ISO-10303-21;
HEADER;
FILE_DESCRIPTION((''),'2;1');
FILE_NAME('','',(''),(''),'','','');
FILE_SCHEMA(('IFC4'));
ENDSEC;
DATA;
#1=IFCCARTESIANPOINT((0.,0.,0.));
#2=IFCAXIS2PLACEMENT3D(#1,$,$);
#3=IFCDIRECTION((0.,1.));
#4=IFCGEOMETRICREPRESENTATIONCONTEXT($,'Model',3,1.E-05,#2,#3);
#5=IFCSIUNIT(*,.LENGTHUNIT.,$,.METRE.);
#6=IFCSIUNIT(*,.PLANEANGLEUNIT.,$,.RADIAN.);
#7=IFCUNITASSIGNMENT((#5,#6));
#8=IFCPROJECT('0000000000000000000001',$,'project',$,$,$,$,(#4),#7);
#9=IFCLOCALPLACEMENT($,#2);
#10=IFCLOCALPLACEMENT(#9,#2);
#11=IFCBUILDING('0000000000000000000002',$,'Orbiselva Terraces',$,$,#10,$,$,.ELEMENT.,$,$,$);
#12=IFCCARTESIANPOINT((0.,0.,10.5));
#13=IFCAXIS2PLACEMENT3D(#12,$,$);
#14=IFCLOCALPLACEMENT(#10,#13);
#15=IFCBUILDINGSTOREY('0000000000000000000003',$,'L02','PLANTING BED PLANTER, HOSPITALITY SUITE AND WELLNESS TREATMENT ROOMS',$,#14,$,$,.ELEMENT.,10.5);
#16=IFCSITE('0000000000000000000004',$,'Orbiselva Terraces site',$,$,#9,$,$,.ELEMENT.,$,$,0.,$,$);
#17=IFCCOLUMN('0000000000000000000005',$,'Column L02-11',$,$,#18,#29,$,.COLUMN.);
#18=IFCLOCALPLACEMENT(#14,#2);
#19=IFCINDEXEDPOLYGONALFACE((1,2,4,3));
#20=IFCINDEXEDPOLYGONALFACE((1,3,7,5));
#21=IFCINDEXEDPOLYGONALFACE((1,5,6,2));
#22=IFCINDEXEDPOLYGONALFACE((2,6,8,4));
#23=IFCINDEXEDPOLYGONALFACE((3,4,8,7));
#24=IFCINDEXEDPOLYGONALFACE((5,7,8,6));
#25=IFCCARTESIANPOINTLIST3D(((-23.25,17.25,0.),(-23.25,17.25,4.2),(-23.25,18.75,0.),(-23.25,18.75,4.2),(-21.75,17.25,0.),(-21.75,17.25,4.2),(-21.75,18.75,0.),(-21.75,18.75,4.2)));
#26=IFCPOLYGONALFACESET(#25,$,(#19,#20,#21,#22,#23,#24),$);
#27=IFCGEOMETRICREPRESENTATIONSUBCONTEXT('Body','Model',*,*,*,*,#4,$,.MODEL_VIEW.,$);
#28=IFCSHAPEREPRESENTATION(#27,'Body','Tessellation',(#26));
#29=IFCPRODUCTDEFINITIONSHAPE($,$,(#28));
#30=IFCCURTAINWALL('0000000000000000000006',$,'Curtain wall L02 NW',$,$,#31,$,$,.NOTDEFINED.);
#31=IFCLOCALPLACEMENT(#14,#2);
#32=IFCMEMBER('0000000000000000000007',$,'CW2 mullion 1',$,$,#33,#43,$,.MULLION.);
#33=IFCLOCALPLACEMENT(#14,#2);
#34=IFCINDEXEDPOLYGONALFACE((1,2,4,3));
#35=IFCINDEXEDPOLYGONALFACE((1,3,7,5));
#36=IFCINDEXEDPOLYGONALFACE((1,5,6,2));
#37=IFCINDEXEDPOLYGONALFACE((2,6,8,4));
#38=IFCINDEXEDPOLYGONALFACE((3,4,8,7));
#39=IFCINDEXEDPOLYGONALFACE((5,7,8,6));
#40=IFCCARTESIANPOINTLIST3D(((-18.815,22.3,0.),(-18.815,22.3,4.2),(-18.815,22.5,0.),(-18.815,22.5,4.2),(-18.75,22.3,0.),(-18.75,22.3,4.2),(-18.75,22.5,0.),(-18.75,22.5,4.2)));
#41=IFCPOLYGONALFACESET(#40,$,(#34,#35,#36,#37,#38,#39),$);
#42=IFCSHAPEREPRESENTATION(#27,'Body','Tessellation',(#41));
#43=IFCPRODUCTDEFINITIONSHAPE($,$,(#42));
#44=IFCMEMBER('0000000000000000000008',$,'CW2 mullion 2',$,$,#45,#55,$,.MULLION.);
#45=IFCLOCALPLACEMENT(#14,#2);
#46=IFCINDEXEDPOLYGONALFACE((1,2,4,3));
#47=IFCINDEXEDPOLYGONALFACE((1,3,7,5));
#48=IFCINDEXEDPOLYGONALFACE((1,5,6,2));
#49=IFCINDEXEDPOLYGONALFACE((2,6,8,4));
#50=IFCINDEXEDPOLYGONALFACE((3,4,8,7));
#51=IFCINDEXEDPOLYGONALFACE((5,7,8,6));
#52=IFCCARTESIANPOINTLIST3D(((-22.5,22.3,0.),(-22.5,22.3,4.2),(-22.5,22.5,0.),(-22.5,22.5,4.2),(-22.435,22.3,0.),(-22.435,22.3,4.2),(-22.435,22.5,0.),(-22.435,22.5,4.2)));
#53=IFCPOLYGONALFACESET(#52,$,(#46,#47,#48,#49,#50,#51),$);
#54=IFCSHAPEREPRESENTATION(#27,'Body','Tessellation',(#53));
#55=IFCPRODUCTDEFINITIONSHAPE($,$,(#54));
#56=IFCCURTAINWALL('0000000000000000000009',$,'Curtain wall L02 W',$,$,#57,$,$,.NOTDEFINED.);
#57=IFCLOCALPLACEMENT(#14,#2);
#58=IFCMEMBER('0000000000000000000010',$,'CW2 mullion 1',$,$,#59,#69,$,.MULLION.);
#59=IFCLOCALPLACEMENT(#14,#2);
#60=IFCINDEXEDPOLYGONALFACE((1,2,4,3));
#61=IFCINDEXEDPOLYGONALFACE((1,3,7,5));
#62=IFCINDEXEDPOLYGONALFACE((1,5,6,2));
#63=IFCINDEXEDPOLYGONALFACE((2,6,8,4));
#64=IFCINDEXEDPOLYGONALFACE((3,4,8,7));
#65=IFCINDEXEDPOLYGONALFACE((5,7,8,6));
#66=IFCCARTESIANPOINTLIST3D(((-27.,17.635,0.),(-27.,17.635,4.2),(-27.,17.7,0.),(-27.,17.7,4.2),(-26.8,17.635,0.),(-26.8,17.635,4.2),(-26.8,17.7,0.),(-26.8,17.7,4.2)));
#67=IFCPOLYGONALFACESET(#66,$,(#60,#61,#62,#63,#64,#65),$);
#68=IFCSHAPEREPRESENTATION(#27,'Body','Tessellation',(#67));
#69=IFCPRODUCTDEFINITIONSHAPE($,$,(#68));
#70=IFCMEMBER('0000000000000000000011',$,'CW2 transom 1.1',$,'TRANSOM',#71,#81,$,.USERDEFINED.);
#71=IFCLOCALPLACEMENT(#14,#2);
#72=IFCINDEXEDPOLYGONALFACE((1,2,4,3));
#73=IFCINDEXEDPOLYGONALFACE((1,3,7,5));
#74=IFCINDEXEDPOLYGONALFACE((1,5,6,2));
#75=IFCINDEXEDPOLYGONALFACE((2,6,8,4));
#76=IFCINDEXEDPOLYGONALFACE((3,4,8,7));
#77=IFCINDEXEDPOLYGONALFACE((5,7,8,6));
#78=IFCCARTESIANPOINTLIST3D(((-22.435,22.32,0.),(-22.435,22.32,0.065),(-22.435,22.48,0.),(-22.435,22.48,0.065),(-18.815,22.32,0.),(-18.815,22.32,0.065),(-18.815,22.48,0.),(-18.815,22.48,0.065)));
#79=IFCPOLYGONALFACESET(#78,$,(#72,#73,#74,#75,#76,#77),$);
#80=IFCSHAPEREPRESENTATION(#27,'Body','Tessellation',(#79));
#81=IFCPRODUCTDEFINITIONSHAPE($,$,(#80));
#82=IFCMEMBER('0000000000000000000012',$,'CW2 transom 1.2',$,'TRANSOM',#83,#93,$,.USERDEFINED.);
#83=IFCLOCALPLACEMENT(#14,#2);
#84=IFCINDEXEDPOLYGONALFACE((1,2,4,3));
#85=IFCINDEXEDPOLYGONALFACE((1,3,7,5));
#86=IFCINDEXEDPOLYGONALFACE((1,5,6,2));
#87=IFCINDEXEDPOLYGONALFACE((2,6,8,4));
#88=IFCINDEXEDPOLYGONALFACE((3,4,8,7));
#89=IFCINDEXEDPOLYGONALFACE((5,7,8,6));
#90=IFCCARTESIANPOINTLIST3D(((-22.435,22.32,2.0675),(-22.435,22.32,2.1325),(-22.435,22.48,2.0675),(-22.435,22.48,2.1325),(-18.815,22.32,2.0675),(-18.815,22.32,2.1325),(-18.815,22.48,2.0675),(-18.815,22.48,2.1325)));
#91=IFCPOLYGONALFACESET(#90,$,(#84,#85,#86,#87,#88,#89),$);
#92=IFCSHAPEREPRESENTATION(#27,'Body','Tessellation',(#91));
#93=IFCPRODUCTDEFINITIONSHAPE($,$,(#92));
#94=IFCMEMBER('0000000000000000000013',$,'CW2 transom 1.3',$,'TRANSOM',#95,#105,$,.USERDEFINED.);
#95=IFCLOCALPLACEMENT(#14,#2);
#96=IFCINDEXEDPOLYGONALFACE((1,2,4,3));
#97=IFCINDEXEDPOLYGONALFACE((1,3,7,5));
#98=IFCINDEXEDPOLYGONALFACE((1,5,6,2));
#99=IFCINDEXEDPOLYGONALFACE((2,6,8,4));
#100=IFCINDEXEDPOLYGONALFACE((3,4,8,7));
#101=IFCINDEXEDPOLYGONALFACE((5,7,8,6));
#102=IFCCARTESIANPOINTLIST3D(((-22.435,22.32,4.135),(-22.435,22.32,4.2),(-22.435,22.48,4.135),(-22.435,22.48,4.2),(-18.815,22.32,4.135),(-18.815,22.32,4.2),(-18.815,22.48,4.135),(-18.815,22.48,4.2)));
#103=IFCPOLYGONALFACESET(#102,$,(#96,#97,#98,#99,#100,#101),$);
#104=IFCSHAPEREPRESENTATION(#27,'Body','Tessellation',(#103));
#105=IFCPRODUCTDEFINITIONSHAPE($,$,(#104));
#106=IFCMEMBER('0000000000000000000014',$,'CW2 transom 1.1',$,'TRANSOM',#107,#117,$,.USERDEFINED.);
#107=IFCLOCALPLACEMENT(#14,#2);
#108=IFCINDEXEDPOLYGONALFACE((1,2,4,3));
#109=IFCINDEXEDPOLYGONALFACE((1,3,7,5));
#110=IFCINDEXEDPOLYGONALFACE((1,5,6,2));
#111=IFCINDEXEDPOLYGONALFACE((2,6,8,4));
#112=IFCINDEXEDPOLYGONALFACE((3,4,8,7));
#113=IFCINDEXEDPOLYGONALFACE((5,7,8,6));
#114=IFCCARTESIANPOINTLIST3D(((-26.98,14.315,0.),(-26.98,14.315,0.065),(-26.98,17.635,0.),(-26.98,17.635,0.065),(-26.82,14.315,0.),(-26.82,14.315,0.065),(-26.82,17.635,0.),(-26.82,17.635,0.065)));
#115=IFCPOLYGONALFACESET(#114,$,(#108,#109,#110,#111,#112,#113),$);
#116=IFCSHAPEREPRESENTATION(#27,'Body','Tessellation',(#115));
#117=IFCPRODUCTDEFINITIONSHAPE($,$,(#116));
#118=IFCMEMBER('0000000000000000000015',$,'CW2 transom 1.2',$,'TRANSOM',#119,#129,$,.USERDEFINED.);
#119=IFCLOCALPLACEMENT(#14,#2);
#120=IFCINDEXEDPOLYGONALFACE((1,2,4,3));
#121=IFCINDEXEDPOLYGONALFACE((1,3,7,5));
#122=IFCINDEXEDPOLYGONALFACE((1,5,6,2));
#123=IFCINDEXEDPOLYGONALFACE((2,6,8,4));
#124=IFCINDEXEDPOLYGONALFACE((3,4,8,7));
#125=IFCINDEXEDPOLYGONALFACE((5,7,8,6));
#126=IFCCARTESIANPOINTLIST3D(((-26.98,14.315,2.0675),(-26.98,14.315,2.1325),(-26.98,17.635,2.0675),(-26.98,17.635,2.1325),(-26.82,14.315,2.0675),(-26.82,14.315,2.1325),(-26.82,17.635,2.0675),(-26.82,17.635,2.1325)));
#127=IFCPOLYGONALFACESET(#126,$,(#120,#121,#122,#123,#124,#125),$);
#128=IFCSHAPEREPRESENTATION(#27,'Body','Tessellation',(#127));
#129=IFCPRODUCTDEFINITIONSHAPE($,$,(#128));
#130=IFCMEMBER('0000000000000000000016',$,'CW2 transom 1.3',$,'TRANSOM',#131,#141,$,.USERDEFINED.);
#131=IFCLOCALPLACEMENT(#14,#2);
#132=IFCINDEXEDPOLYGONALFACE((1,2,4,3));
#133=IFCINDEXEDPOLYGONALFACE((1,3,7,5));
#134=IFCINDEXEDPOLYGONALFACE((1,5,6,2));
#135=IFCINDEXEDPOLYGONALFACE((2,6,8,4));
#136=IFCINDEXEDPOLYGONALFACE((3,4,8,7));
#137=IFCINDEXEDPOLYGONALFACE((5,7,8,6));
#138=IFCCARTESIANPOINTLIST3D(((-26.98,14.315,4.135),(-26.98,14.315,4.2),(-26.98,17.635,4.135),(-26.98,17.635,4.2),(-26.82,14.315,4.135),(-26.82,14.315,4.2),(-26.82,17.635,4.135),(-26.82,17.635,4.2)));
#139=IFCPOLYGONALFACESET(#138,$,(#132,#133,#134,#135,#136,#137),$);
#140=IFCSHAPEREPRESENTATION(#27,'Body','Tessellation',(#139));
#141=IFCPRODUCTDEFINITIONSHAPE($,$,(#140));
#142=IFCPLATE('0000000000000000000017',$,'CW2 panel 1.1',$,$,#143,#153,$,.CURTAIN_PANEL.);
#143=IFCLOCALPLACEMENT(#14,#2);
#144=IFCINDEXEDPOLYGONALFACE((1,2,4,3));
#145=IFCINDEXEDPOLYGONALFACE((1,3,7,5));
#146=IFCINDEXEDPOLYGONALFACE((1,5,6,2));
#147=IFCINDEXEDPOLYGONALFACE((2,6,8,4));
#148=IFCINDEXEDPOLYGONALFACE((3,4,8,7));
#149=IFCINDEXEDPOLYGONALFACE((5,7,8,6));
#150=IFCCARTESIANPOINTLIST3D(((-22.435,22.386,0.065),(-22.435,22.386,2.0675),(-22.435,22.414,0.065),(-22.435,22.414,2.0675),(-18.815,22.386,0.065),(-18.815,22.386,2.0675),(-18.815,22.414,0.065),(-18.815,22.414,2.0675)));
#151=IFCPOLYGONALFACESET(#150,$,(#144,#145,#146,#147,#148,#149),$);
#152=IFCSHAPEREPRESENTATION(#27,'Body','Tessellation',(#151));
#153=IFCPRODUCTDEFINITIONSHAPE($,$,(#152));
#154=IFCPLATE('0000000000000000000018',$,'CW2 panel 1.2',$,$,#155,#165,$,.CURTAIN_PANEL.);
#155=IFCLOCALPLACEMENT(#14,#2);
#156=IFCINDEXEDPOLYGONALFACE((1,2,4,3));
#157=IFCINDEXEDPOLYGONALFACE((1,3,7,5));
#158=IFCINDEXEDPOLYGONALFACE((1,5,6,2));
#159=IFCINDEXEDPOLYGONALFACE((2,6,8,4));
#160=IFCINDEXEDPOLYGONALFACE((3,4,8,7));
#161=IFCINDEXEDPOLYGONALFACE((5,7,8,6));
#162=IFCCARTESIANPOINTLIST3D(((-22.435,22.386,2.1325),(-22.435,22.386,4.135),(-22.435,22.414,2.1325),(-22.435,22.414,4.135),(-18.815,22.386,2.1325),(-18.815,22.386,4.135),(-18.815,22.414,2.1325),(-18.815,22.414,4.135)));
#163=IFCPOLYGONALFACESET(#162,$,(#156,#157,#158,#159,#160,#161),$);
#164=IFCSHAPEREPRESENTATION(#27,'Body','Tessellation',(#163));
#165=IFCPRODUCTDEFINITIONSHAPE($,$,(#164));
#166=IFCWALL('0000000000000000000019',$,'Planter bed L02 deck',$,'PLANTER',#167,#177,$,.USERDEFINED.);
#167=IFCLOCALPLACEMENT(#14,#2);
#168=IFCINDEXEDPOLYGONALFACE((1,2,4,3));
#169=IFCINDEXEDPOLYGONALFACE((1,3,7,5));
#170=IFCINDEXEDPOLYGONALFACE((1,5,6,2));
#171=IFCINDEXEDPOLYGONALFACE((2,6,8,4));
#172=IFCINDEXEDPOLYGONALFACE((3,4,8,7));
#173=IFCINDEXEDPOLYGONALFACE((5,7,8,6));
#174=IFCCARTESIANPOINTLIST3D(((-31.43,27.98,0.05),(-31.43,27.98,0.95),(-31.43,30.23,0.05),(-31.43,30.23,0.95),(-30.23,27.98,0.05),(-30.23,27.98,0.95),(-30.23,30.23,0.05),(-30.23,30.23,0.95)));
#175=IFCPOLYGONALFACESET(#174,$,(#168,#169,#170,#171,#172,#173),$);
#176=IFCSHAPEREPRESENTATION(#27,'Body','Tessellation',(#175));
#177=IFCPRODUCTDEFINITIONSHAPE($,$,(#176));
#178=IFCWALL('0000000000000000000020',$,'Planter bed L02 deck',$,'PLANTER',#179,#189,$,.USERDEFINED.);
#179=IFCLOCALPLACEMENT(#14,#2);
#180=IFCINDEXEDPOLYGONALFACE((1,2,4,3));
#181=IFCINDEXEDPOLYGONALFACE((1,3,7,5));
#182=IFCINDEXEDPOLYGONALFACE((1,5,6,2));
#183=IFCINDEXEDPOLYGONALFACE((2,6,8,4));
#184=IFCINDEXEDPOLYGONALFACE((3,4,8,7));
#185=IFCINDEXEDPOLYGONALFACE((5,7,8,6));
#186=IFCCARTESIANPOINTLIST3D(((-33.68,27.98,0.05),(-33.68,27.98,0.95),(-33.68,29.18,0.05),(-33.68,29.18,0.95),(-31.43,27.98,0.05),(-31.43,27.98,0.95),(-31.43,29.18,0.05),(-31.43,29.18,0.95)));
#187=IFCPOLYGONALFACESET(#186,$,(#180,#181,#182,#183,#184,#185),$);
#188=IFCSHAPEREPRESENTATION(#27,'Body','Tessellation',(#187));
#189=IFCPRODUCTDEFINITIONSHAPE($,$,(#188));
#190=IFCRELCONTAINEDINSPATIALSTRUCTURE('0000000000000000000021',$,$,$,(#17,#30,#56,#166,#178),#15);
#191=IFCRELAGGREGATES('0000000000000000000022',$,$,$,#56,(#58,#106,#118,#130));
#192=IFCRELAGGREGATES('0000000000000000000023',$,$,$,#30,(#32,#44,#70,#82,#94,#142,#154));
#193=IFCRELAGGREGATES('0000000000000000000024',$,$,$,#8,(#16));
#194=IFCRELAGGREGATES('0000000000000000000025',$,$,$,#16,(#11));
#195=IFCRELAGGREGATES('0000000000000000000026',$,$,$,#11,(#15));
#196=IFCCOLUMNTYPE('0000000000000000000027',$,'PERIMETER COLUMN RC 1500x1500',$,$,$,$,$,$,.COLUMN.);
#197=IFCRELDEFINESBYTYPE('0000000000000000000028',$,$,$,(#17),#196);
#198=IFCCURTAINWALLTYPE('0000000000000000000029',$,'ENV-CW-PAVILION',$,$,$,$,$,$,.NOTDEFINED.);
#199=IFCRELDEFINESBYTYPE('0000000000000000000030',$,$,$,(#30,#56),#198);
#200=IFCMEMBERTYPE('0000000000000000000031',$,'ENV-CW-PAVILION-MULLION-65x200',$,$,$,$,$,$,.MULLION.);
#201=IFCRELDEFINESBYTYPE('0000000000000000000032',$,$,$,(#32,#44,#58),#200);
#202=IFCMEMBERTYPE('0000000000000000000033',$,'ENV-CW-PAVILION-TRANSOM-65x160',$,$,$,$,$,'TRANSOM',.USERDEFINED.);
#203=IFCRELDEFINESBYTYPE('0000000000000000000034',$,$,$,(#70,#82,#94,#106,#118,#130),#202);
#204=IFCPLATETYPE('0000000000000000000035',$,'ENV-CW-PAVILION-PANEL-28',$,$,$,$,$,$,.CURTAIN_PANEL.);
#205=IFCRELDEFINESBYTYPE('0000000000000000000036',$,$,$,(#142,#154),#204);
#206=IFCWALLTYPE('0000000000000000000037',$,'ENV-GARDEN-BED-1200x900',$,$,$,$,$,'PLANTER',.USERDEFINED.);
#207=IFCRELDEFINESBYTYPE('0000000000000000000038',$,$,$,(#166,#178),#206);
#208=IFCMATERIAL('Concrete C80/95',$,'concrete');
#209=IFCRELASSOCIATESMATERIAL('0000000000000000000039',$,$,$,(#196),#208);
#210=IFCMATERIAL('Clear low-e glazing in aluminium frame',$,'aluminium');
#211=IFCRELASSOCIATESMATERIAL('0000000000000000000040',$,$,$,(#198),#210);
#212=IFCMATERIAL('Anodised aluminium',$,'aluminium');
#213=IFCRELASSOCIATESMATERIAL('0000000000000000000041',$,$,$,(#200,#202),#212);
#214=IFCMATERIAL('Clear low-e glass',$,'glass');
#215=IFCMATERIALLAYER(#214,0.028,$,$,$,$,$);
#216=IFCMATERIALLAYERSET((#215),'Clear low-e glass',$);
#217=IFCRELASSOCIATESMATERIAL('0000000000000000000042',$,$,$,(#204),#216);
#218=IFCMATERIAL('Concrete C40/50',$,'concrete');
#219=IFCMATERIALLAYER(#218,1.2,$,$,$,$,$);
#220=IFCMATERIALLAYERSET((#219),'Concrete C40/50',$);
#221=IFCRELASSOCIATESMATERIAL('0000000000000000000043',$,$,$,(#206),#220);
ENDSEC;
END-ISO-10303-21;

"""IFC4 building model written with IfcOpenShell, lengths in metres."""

from ifc_helpers import new_model, si_unit, direction, frame, frame_2d, origin, origin_2d, place, context, subcontext, project, spatial, rectangle, extrude, material, layer, layer_set, material_profile, profile_set, type_object, element, aggregate, save


model = new_model("IFC4")

# Units and contexts
model_context = context("Model", 3, precision=1e-05, world=origin(), true_north=direction((0.0, 1.0)))
body_context = subcontext(model_context, "Body", "Model", "MODEL_VIEW")
ifc_project = project(units=[si_unit("LENGTHUNIT", "METRE"), si_unit("PLANEANGLEUNIT", "RADIAN")], contexts=[model_context])

# Site, building, storey
site_placement = place(None, origin())
site = spatial("IfcSite", under=ifc_project, at=site_placement, Name="Orbiselva Terraces site", CompositionType="ELEMENT", RefElevation=0.0)
building_placement = place(site_placement, origin())
building = spatial("IfcBuilding", under=site, at=building_placement, Name="Orbiselva Terraces", CompositionType="ELEMENT")
storey_placement = place(building_placement, frame((0.0, 0.0, 10.5)))
storey = spatial("IfcBuildingStorey", under=building, at=storey_placement, Name="L02", Description="PLANTING BED PLANTER, HOSPITALITY SUITE AND WELLNESS TREATMENT ROOMS", CompositionType="ELEMENT", Elevation=10.5)

# Column
ifc_material_1 = material(Name="Concrete C80/95", Category="concrete")
ifc_material_profile_1 = material_profile(ifc_material_1, rectangle(XDim=1.5, YDim=1.5, at=origin_2d()), Name="RC 1500x1500")
ifc_profile_set_1 = profile_set([ifc_material_profile_1], Name="Concrete C80/95")
column_type = type_object("IfcColumnType", Name="PERIMETER COLUMN RC 1500x1500", PredefinedType="COLUMN", material=ifc_profile_set_1)
column_placement = place(storey_placement, frame((-22.5, 18.0, 0.0), z_axis=(0.0, 0.0, 1.0), x_axis=(1.0, 0.0, 0.0)))
element("IfcColumn", 1, at=column_placement, inside=storey, type_object=column_type, Name="Column L02-11", PredefinedType="COLUMN", context=body_context, shape_type="SweptSolid", body=[
    extrude(rectangle(XDim=1.5, YDim=1.5, at=origin_2d()), origin(), (0.0, 0.0, 1.0), 4.2),
])

# Curtain wall, members
ifc_material_2 = material(Name="Clear low-e glazing in aluminium frame", Category="aluminium")
curtain_wall_type = type_object("IfcCurtainWallType", Name="ENV-CW-PAVILION", PredefinedType="NOTDEFINED", material=ifc_material_2)
curtain_wall_1_placement = place(storey_placement, origin())
curtain_wall_1 = element("IfcCurtainWall", 2, at=curtain_wall_1_placement, inside=storey, type_object=curtain_wall_type, Name="Curtain wall L02 NW", PredefinedType="NOTDEFINED")
ifc_material_3 = material(Name="Anodised aluminium", Category="aluminium")
ifc_material_profile_2 = material_profile(ifc_material_3, rectangle(XDim=0.2, YDim=0.065, at=origin_2d()), Name="AL 65x200")
ifc_profile_set_2 = profile_set([ifc_material_profile_2], Name="Anodised aluminium")
member_type_1 = type_object("IfcMemberType", Name="ENV-CW-PAVILION-MULLION-65x200", PredefinedType="MULLION", material=ifc_profile_set_2)
member_1_placement = place(storey_placement, frame((-18.7825, 22.4, 0.0), z_axis=(0.0, 0.0, 1.0), x_axis=(0.0, -1.0, 0.0)))
member_1 = element("IfcMember", 3, at=member_1_placement, type_object=member_type_1, Name="CW2 mullion 1", PredefinedType="MULLION", context=body_context, shape_type="SweptSolid", body=[
    extrude(rectangle(XDim=0.2, YDim=0.065, at=origin_2d()), origin(), (0.0, 0.0, 1.0), 4.2),
])
member_2_placement = place(storey_placement, frame((-22.4675, 22.4, 0.0), z_axis=(0.0, 0.0, 1.0), x_axis=(0.0, -1.0, 0.0)))
member_2 = element("IfcMember", 4, at=member_2_placement, type_object=member_type_1, Name="CW2 mullion 2", PredefinedType="MULLION", context=body_context, shape_type="SweptSolid", body=[
    extrude(rectangle(XDim=0.2, YDim=0.065, at=origin_2d()), origin(), (0.0, 0.0, 1.0), 4.2),
])

# Curtain wall, member
curtain_wall_2_placement = place(storey_placement, origin())
curtain_wall_2 = element("IfcCurtainWall", 5, at=curtain_wall_2_placement, inside=storey, type_object=curtain_wall_type, Name="Curtain wall L02 W", PredefinedType="NOTDEFINED")
member_3_placement = place(storey_placement, frame((-26.9, 17.6675, 0.0), z_axis=(0.0, 0.0, 1.0), x_axis=(1.0, 0.0, 0.0)))
member_3 = element("IfcMember", 6, at=member_3_placement, type_object=member_type_1, Name="CW2 mullion 1", PredefinedType="MULLION", context=body_context, shape_type="SweptSolid", body=[
    extrude(rectangle(XDim=0.2, YDim=0.065, at=origin_2d()), origin(), (0.0, 0.0, 1.0), 4.2),
])

# Members
ifc_material_profile_3 = material_profile(ifc_material_3, rectangle(XDim=0.16, YDim=0.065, at=origin_2d()), Name="AL 65x160")
ifc_profile_set_3 = profile_set([ifc_material_profile_3], Name="Anodised aluminium")
member_type_2 = type_object("IfcMemberType", Name="ENV-CW-PAVILION-TRANSOM-65x160", ElementType="TRANSOM", PredefinedType="USERDEFINED", material=ifc_profile_set_3)
member_4_placement = place(storey_placement, frame((-18.815, 22.4, 0.0325), z_axis=(-1.0, 0.0, 0.0), x_axis=(0.0, -1.0, 0.0)))
member_4 = element("IfcMember", 7, at=member_4_placement, type_object=member_type_2, Name="CW2 transom 1.1", ObjectType="TRANSOM", PredefinedType="USERDEFINED", context=body_context, shape_type="SweptSolid", body=[
    extrude(rectangle(XDim=0.16, YDim=0.065, at=origin_2d()), origin(), (0.0, 0.0, 1.0), 3.62),
])
member_5_placement = place(storey_placement, frame((-18.815, 22.4, 2.1), z_axis=(-1.0, 0.0, 0.0), x_axis=(0.0, -1.0, 0.0)))
member_5 = element("IfcMember", 8, at=member_5_placement, type_object=member_type_2, Name="CW2 transom 1.2", ObjectType="TRANSOM", PredefinedType="USERDEFINED", context=body_context, shape_type="SweptSolid", body=[
    extrude(rectangle(XDim=0.16, YDim=0.065, at=origin_2d()), origin(), (0.0, 0.0, 1.0), 3.62),
])
member_6_placement = place(storey_placement, frame((-18.815, 22.4, 4.1675), z_axis=(-1.0, 0.0, 0.0), x_axis=(0.0, -1.0, 0.0)))
member_6 = element("IfcMember", 9, at=member_6_placement, type_object=member_type_2, Name="CW2 transom 1.3", ObjectType="TRANSOM", PredefinedType="USERDEFINED", context=body_context, shape_type="SweptSolid", body=[
    extrude(rectangle(XDim=0.16, YDim=0.065, at=origin_2d()), origin(), (0.0, 0.0, 1.0), 3.62),
])
member_7_placement = place(storey_placement, frame((-26.9, 17.635, 0.0325), z_axis=(0.0, -1.0, 0.0), x_axis=(1.0, 0.0, 0.0)))
member_7 = element("IfcMember", 10, at=member_7_placement, type_object=member_type_2, Name="CW2 transom 1.1", ObjectType="TRANSOM", PredefinedType="USERDEFINED", context=body_context, shape_type="SweptSolid", body=[
    extrude(rectangle(XDim=0.16, YDim=0.065, at=origin_2d()), origin(), (0.0, 0.0, 1.0), 3.32),
])
member_8_placement = place(storey_placement, frame((-26.9, 17.635, 2.1), z_axis=(0.0, -1.0, 0.0), x_axis=(1.0, 0.0, 0.0)))
member_8 = element("IfcMember", 11, at=member_8_placement, type_object=member_type_2, Name="CW2 transom 1.2", ObjectType="TRANSOM", PredefinedType="USERDEFINED", context=body_context, shape_type="SweptSolid", body=[
    extrude(rectangle(XDim=0.16, YDim=0.065, at=origin_2d()), origin(), (0.0, 0.0, 1.0), 3.32),
])
member_9_placement = place(storey_placement, frame((-26.9, 17.635, 4.1675), z_axis=(0.0, -1.0, 0.0), x_axis=(1.0, 0.0, 0.0)))
member_9 = element("IfcMember", 12, at=member_9_placement, type_object=member_type_2, Name="CW2 transom 1.3", ObjectType="TRANSOM", PredefinedType="USERDEFINED", context=body_context, shape_type="SweptSolid", body=[
    extrude(rectangle(XDim=0.16, YDim=0.065, at=origin_2d()), origin(), (0.0, 0.0, 1.0), 3.32),
])
aggregate(curtain_wall_2, [member_3, member_7, member_8, member_9])

# Plates
ifc_material_4 = material(Name="Clear low-e glass", Category="glass")
ifc_layer_1 = layer(ifc_material_4, 0.028)
ifc_layer_set_1 = layer_set([ifc_layer_1], Name="Clear low-e glass")
plate_type = type_object("IfcPlateType", Name="ENV-CW-PAVILION-PANEL-28", PredefinedType="CURTAIN_PANEL", material=ifc_layer_set_1)
plate_1_placement = place(storey_placement, frame((-20.625, 22.4, 0.065), z_axis=(0.0, 0.0, 1.0), x_axis=(-1.0, 0.0, 0.0)))
plate_1 = element("IfcPlate", 13, at=plate_1_placement, type_object=plate_type, Name="CW2 panel 1.1", PredefinedType="CURTAIN_PANEL", context=body_context, shape_type="SweptSolid", body=[
    extrude(rectangle(XDim=3.62, YDim=0.028, at=origin_2d()), origin(), (0.0, 0.0, 1.0), 2.0025),
])
plate_2_placement = place(storey_placement, frame((-20.625, 22.4, 2.1325), z_axis=(0.0, 0.0, 1.0), x_axis=(-1.0, 0.0, 0.0)))
plate_2 = element("IfcPlate", 14, at=plate_2_placement, type_object=plate_type, Name="CW2 panel 1.2", PredefinedType="CURTAIN_PANEL", context=body_context, shape_type="SweptSolid", body=[
    extrude(rectangle(XDim=3.62, YDim=0.028, at=origin_2d()), origin(), (0.0, 0.0, 1.0), 2.0025),
])
aggregate(curtain_wall_1, [member_1, member_2, member_4, member_5, member_6, plate_1, plate_2])

# Walls
ifc_material_5 = material(Name="Concrete C40/50", Category="concrete")
ifc_layer_2 = layer(ifc_material_5, 1.2)
ifc_layer_set_2 = layer_set([ifc_layer_2], Name="Concrete C40/50")
wall_type_1 = type_object("IfcWallType", Name="ENV-GARDEN-BED-1200x900", ElementType="PLANTER", PredefinedType="USERDEFINED", material=ifc_layer_set_2)
for number, where, z_axis, x_axis, name in (
    (15, (-30.83, 30.23, 0.05), (0.0, 0.0, 1.0), (0.0, -1.0, 0.0), "Planter bed L02 deck"),
    (16, (-31.43, 28.58, 0.05), (0.0, 0.0, 1.0), (-1.0, 0.0, 0.0), "Planter bed L02 deck"),
):
    element("IfcWall", number, at=place(storey_placement, frame(where, z_axis=z_axis, x_axis=x_axis)), inside=storey, type_object=wall_type_1, Name=name, ObjectType="PLANTER", PredefinedType="USERDEFINED", context=body_context, shape_type="SweptSolid", body=[
        extrude(rectangle(XDim=2.25, YDim=1.2, at=frame_2d((1.125, 0.0))), origin(), (0.0, 0.0, 1.0), 0.9),
    ])

save(model, "model.ifc")
